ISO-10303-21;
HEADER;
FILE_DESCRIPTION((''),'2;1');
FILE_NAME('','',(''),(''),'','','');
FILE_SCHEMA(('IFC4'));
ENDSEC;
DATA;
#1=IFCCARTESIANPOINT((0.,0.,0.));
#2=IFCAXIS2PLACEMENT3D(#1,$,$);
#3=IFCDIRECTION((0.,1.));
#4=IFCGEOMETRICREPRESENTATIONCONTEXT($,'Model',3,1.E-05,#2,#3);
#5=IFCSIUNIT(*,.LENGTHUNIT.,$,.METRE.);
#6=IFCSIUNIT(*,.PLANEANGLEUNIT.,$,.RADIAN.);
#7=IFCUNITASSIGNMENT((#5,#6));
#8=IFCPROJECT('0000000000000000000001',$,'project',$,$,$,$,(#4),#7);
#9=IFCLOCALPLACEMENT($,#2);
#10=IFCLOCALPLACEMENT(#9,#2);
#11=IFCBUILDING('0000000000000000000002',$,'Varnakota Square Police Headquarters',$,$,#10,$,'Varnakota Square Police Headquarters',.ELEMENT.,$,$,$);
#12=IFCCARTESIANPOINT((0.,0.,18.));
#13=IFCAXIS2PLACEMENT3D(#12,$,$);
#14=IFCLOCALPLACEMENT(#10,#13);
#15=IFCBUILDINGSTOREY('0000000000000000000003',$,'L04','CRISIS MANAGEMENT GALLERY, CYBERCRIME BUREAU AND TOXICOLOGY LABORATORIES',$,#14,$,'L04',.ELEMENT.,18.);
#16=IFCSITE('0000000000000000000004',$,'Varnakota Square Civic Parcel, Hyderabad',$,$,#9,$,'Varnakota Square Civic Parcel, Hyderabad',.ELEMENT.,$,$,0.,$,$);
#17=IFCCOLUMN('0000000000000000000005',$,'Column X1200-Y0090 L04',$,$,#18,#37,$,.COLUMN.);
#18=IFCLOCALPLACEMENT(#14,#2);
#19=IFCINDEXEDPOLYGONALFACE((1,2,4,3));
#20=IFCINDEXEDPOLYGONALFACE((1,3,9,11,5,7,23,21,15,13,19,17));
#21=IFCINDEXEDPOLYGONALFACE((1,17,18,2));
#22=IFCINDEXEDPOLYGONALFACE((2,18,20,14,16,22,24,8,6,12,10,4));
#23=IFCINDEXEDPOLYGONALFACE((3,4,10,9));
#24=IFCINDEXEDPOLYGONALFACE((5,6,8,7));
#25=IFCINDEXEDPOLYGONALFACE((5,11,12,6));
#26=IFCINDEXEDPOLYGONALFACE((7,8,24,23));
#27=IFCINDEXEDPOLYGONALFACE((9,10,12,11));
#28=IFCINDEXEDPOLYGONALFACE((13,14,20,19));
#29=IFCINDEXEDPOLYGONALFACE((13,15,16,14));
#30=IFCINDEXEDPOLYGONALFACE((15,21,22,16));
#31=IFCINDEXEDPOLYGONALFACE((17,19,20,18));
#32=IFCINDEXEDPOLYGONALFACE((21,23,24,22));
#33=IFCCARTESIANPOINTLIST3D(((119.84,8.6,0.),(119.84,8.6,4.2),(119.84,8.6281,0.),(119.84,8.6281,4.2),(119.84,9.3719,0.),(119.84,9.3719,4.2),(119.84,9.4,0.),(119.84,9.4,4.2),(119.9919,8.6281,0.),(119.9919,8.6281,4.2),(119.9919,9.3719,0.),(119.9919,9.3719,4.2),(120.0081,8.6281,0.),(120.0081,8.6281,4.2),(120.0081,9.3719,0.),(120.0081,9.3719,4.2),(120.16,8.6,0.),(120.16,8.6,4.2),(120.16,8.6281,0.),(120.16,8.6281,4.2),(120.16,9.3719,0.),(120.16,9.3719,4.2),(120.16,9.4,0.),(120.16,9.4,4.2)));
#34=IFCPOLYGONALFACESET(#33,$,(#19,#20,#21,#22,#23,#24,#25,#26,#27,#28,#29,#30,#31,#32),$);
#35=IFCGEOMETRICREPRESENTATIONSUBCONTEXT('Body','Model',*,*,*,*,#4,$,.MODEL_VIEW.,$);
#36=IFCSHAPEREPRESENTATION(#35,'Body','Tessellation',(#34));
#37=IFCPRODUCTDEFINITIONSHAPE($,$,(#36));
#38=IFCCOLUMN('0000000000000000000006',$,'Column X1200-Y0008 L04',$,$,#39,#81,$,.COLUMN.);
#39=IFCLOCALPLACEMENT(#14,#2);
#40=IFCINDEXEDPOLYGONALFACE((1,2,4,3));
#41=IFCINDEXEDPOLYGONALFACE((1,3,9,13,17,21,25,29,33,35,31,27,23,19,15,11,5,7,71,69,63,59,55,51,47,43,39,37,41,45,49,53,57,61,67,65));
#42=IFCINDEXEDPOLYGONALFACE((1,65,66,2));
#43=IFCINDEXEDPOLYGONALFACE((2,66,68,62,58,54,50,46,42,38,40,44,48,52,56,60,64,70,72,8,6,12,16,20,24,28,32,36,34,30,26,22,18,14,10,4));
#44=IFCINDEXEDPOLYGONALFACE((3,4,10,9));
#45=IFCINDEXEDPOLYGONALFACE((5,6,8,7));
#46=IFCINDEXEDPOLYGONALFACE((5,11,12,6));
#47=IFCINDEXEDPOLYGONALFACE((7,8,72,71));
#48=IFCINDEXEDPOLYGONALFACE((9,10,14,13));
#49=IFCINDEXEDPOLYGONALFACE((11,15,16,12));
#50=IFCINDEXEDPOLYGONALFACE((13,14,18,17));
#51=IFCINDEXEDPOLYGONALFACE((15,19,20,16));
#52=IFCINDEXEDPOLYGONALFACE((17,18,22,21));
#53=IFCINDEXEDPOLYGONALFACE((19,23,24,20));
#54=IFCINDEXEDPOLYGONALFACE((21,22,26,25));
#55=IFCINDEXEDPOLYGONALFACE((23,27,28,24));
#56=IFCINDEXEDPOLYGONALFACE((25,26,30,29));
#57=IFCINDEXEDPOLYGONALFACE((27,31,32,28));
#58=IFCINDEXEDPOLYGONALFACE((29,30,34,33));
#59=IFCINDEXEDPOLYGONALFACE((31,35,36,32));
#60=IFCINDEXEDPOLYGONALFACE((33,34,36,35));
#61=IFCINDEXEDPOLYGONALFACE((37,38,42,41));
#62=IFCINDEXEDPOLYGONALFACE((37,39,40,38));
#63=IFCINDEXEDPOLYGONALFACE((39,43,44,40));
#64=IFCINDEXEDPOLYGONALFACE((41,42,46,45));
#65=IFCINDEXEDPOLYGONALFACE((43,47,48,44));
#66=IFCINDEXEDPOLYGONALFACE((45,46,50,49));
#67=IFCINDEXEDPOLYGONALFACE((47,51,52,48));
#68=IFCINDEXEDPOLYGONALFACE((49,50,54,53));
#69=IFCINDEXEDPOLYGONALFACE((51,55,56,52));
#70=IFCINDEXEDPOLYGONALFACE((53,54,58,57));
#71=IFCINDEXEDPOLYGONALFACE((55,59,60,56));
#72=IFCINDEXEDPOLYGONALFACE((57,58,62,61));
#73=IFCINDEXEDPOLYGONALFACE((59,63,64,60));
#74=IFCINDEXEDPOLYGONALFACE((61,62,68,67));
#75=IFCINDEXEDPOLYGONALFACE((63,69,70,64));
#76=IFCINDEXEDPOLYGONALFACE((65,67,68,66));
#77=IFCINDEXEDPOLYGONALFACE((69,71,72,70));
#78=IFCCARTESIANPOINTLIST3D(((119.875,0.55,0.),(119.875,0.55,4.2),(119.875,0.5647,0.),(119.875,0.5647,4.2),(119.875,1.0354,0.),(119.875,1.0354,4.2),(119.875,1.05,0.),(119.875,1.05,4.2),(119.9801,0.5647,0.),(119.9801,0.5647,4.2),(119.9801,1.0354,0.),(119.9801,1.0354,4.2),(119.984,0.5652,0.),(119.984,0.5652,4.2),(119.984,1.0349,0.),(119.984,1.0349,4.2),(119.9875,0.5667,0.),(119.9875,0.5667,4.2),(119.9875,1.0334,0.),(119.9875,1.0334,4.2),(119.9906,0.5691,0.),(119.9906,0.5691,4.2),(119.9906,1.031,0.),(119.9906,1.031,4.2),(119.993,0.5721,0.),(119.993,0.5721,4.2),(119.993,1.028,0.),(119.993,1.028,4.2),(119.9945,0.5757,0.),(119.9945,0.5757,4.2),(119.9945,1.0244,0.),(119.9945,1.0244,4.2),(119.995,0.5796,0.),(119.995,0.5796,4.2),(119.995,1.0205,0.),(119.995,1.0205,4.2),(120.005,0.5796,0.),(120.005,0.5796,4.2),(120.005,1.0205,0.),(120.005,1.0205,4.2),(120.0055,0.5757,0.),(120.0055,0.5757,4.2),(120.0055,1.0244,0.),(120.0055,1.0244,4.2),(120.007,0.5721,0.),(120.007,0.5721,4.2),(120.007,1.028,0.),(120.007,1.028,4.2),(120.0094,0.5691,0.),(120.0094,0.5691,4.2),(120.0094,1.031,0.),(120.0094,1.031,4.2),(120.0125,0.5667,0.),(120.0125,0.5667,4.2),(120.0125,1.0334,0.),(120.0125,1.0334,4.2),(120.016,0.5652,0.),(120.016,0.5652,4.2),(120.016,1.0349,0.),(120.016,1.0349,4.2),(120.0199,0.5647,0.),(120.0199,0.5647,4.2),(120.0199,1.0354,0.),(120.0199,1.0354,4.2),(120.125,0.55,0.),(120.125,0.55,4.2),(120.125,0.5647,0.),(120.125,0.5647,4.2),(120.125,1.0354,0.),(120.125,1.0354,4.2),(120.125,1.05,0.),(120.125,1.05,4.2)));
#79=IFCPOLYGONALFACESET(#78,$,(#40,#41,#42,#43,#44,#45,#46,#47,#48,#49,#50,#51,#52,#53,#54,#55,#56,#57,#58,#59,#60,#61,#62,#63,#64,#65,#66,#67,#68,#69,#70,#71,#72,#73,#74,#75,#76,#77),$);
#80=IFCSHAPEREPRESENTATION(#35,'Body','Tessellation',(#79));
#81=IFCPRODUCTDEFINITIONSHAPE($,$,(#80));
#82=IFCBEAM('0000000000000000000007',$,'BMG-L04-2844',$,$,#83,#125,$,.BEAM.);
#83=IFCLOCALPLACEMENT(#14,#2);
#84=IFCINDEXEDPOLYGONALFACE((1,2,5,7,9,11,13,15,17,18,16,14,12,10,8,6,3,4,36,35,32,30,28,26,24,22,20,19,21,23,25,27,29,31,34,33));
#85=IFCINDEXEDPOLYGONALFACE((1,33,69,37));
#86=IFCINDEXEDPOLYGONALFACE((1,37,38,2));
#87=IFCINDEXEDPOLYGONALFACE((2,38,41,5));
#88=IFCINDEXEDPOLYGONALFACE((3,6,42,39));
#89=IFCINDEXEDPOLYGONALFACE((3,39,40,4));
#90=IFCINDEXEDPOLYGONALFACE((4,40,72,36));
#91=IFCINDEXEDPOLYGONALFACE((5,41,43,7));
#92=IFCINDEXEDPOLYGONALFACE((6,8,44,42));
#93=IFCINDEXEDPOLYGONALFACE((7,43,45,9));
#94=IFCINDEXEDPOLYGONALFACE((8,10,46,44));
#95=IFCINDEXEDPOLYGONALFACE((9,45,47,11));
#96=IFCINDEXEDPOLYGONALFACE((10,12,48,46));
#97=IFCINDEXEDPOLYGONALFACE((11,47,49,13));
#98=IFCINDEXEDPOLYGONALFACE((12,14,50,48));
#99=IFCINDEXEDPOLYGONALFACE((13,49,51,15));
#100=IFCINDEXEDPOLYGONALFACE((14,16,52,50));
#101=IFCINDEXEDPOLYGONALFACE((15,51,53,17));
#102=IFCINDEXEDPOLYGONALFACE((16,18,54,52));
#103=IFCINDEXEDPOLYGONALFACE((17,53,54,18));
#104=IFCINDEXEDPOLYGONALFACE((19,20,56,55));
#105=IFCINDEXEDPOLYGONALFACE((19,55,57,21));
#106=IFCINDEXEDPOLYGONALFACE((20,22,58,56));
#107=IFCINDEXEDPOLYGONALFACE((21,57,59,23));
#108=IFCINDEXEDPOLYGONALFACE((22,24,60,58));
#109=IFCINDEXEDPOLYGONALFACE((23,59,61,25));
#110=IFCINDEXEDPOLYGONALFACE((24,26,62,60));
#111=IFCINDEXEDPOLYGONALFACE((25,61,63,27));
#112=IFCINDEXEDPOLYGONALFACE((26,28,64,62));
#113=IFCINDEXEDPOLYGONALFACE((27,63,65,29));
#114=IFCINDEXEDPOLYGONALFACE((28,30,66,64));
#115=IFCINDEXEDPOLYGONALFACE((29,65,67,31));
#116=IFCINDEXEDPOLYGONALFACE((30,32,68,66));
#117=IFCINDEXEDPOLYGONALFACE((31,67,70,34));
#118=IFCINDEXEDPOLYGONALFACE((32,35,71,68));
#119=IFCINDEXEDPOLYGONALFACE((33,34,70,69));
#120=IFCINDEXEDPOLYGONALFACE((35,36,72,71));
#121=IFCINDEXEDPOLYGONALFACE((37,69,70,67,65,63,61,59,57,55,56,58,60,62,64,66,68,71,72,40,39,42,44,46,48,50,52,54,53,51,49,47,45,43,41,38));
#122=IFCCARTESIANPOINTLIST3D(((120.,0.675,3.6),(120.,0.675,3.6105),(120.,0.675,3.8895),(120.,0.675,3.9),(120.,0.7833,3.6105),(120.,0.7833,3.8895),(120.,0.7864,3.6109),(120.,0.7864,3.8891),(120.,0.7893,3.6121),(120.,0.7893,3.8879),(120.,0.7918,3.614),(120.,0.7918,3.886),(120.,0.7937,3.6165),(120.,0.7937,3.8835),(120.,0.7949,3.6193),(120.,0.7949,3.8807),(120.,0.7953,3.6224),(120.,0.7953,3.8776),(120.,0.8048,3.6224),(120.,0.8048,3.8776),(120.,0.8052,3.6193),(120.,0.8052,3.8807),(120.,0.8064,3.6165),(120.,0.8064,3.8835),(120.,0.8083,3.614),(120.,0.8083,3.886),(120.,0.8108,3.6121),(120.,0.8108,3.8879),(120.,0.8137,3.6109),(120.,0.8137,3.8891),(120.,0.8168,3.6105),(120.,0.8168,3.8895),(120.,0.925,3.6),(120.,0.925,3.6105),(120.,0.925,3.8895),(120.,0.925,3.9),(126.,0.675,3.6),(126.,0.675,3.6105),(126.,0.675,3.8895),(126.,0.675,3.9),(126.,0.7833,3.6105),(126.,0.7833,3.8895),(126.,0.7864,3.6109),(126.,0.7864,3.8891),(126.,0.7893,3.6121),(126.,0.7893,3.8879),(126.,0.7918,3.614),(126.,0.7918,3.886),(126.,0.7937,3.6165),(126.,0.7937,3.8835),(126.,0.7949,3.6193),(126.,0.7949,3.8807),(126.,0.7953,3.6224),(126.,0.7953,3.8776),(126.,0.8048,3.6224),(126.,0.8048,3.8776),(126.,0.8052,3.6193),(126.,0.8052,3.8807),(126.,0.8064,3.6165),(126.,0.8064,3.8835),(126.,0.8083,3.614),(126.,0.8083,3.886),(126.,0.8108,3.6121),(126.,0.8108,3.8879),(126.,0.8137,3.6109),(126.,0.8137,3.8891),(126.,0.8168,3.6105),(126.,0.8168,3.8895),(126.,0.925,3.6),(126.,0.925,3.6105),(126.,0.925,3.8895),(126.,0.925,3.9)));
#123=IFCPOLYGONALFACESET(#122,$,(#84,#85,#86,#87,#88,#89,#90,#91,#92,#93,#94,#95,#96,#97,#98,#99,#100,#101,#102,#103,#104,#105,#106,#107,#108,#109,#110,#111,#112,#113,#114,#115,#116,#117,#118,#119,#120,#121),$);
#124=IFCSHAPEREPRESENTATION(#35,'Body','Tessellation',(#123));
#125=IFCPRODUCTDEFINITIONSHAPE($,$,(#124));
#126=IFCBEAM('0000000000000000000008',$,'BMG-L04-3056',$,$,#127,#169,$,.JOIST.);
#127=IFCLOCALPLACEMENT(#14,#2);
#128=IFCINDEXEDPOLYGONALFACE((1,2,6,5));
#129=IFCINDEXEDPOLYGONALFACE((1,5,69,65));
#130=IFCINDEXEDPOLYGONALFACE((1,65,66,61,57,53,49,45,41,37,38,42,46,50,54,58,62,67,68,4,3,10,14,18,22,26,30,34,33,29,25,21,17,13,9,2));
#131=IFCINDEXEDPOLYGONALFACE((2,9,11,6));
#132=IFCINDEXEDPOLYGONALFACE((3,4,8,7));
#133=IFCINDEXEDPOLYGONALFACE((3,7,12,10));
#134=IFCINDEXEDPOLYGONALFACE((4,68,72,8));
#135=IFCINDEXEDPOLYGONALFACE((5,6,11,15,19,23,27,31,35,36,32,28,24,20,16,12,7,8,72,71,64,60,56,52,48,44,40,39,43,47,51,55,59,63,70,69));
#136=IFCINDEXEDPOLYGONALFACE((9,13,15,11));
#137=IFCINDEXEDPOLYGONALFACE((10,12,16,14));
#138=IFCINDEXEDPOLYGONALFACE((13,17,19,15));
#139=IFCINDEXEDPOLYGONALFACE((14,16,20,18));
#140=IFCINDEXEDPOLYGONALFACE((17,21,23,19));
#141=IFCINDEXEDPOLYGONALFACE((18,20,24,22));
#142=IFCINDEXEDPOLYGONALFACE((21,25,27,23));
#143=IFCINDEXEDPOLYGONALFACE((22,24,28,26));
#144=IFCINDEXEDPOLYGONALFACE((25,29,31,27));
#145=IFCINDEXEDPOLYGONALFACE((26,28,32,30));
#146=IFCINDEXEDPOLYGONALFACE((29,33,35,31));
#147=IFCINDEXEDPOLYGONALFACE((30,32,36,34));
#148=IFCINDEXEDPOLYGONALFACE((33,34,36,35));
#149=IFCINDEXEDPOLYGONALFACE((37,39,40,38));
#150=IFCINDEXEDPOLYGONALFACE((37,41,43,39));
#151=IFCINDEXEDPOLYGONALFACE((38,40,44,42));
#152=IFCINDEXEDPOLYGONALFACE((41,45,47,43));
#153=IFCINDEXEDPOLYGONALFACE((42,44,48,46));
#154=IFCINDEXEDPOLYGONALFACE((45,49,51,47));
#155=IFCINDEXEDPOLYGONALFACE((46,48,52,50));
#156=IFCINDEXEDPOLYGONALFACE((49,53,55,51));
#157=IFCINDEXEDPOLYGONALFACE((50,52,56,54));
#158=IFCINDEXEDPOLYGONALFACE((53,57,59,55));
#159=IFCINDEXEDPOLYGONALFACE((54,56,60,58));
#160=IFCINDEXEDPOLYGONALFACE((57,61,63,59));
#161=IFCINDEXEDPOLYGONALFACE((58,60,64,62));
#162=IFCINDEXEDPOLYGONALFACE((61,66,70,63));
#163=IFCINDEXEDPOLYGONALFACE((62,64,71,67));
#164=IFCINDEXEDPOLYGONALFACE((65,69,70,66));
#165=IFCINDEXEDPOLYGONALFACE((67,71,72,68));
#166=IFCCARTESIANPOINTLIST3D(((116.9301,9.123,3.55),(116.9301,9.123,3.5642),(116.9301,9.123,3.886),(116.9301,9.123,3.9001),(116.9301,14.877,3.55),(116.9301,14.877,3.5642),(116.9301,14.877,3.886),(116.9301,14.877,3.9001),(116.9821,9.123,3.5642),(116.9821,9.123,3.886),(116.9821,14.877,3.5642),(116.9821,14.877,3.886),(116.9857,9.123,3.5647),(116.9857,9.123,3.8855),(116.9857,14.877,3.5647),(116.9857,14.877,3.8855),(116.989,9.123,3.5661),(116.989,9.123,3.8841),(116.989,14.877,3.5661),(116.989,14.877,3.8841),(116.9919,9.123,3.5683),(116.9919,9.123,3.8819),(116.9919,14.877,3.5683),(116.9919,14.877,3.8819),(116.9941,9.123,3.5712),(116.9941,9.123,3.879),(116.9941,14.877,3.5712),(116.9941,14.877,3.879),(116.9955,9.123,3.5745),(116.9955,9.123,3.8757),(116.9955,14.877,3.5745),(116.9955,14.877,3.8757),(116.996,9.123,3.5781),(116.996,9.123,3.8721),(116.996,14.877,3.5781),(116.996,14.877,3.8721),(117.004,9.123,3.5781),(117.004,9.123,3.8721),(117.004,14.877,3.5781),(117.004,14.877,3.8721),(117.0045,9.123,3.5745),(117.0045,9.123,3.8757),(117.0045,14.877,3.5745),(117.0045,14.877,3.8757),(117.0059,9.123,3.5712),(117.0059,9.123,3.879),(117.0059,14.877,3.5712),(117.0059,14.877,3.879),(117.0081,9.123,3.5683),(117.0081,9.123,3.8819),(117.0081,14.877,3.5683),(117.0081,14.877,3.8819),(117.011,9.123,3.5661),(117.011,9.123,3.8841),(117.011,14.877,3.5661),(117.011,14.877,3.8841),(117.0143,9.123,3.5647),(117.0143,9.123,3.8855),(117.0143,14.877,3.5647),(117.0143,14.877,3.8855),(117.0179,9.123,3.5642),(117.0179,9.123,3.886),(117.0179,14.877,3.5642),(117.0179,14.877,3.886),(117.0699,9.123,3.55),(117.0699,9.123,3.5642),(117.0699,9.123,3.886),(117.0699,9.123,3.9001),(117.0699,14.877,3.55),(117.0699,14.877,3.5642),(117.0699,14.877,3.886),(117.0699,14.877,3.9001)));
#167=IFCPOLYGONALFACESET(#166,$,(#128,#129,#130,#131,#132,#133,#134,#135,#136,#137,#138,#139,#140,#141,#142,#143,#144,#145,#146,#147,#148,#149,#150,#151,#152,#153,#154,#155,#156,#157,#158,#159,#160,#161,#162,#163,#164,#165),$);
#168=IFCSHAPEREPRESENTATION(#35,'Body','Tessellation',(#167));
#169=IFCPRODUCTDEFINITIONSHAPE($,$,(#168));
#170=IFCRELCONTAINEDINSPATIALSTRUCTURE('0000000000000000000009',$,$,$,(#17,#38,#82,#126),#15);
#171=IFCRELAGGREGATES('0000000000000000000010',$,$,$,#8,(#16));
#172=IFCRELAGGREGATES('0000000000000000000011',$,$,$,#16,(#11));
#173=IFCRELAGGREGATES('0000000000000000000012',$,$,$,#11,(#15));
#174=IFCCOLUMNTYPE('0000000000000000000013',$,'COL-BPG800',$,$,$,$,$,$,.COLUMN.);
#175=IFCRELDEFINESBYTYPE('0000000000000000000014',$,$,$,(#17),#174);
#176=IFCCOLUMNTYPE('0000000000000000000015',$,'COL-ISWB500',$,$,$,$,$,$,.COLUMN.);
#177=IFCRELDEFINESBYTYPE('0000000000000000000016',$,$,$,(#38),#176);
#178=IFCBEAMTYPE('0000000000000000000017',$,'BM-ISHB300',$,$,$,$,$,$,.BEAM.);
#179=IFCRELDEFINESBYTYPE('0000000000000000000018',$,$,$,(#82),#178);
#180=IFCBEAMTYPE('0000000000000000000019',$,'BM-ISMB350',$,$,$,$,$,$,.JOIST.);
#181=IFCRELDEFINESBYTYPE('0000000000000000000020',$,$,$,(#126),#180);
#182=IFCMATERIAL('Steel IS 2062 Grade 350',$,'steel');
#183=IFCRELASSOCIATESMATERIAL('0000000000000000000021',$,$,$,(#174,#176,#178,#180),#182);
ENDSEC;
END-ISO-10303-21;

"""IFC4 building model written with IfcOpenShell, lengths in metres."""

from ifc_helpers import new_model, si_unit, direction, frame, origin, origin_2d, place, context, subcontext, project, spatial, i_section, extrude, material, material_profile, profile_set, type_object, element, save


model = new_model("IFC4")

# Units and contexts
model_context = context("Model", 3, precision=1e-05, world=origin(), true_north=direction((0.0, 1.0)))
body_context = subcontext(model_context, "Body", "Model", "MODEL_VIEW")
ifc_project = project(units=[si_unit("LENGTHUNIT", "METRE"), si_unit("PLANEANGLEUNIT", "RADIAN")], contexts=[model_context])

# Site, building, storey
site_placement = place(None, origin())
site = spatial("IfcSite", under=ifc_project, at=site_placement, Name="Varnakota Square Civic Parcel, Hyderabad", LongName="Varnakota Square Civic Parcel, Hyderabad", CompositionType="ELEMENT", RefElevation=0.0)
building_placement = place(site_placement, origin())
building = spatial("IfcBuilding", under=site, at=building_placement, Name="Varnakota Square Police Headquarters", LongName="Varnakota Square Police Headquarters", CompositionType="ELEMENT")
storey_placement = place(building_placement, frame((0.0, 0.0, 18.0)))
storey = spatial("IfcBuildingStorey", under=building, at=storey_placement, Name="L04", Description="CRISIS MANAGEMENT GALLERY, CYBERCRIME BUREAU AND TOXICOLOGY LABORATORIES", LongName="L04", CompositionType="ELEMENT", Elevation=18.0)

# Columns
ifc_material_1 = material(Name="Steel IS 2062 Grade 350", Category="steel")
ifc_material_profile_1 = material_profile(ifc_material_1, i_section(OverallWidth=0.3201, OverallDepth=0.8, WebThickness=0.0161, FlangeThickness=0.0281, at=origin_2d()), Name="BPG 800x320")
ifc_profile_set_1 = profile_set([ifc_material_profile_1], Name="Steel IS 2062 Grade 350")
column_type_1 = type_object("IfcColumnType", Name="COL-BPG800", PredefinedType="COLUMN", material=ifc_profile_set_1)
column_1_placement = place(storey_placement, frame((120.0, 9.0, 0.0), z_axis=(0.0, 0.0, 1.0), x_axis=(1.0, 0.0, 0.0)))
element("IfcColumn", 1, at=column_1_placement, inside=storey, type_object=column_type_1, Name="Column X1200-Y0090 L04", PredefinedType="COLUMN", context=body_context, shape_type="SweptSolid", body=[
    extrude(i_section(OverallWidth=0.3201, OverallDepth=0.8, WebThickness=0.0161, FlangeThickness=0.0281, at=origin_2d()), origin(), (0.0, 0.0, 1.0), 4.2),
])
ifc_material_profile_2 = material_profile(ifc_material_1, i_section(OverallWidth=0.25, OverallDepth=0.5, WebThickness=0.01, FlangeThickness=0.0146, FilletRadius=0.0149, at=origin_2d()), Name="ISWB 500")
ifc_profile_set_2 = profile_set([ifc_material_profile_2], Name="Steel IS 2062 Grade 350")
column_type_2 = type_object("IfcColumnType", Name="COL-ISWB500", PredefinedType="COLUMN", material=ifc_profile_set_2)
column_2_placement = place(storey_placement, frame((120.0, 0.8, 0.0), z_axis=(0.0, 0.0, 1.0), x_axis=(1.0, 0.0, 0.0)))
element("IfcColumn", 2, at=column_2_placement, inside=storey, type_object=column_type_2, Name="Column X1200-Y0008 L04", PredefinedType="COLUMN", context=body_context, shape_type="SweptSolid", body=[
    extrude(i_section(OverallWidth=0.25, OverallDepth=0.5, WebThickness=0.01, FlangeThickness=0.0146, FilletRadius=0.0149, at=origin_2d()), origin(), (0.0, 0.0, 1.0), 4.2),
])

# Beams
ifc_material_profile_3 = material_profile(ifc_material_1, i_section(OverallWidth=0.25, OverallDepth=0.3, WebThickness=0.0095, FlangeThickness=0.0105, FilletRadius=0.012, at=origin_2d()), Name="ISHB 300")
ifc_profile_set_3 = profile_set([ifc_material_profile_3], Name="Steel IS 2062 Grade 350")
beam_type_1 = type_object("IfcBeamType", Name="BM-ISHB300", PredefinedType="BEAM", material=ifc_profile_set_3)
beam_1_placement = place(storey_placement, frame((120.0, 0.8, 3.75), z_axis=(1.0, 0.0, 0.0), x_axis=(0.0, 1.0, 0.0)))
element("IfcBeam", 3, at=beam_1_placement, inside=storey, type_object=beam_type_1, Name="BMG-L04-2844", PredefinedType="BEAM", context=body_context, shape_type="SweptSolid", body=[
    extrude(i_section(OverallWidth=0.25, OverallDepth=0.3, WebThickness=0.0095, FlangeThickness=0.0105, FilletRadius=0.012, at=origin_2d()), origin(), (0.0, 0.0, 1.0), 6.0),
])
ifc_material_profile_4 = material_profile(ifc_material_1, i_section(OverallWidth=0.1399, OverallDepth=0.3501, WebThickness=0.0081, FlangeThickness=0.0142, FilletRadius=0.0139, at=origin_2d()), Name="ISMB 350")
ifc_profile_set_4 = profile_set([ifc_material_profile_4], Name="Steel IS 2062 Grade 350")
beam_type_2 = type_object("IfcBeamType", Name="BM-ISMB350", PredefinedType="JOIST", material=ifc_profile_set_4)
beam_2_placement = place(storey_placement, frame((117.0, 9.123, 3.7251), z_axis=(0.0, 1.0, 0.0), x_axis=(-1.0, 0.0, 0.0)))
element("IfcBeam", 4, at=beam_2_placement, inside=storey, type_object=beam_type_2, Name="BMG-L04-3056", PredefinedType="JOIST", context=body_context, shape_type="SweptSolid", body=[
    extrude(i_section(OverallWidth=0.1399, OverallDepth=0.3501, WebThickness=0.0081, FlangeThickness=0.0142, FilletRadius=0.0139, at=origin_2d()), origin(), (0.0, 0.0, 1.0), 5.7539),
])

save(model, "model.ifc")
